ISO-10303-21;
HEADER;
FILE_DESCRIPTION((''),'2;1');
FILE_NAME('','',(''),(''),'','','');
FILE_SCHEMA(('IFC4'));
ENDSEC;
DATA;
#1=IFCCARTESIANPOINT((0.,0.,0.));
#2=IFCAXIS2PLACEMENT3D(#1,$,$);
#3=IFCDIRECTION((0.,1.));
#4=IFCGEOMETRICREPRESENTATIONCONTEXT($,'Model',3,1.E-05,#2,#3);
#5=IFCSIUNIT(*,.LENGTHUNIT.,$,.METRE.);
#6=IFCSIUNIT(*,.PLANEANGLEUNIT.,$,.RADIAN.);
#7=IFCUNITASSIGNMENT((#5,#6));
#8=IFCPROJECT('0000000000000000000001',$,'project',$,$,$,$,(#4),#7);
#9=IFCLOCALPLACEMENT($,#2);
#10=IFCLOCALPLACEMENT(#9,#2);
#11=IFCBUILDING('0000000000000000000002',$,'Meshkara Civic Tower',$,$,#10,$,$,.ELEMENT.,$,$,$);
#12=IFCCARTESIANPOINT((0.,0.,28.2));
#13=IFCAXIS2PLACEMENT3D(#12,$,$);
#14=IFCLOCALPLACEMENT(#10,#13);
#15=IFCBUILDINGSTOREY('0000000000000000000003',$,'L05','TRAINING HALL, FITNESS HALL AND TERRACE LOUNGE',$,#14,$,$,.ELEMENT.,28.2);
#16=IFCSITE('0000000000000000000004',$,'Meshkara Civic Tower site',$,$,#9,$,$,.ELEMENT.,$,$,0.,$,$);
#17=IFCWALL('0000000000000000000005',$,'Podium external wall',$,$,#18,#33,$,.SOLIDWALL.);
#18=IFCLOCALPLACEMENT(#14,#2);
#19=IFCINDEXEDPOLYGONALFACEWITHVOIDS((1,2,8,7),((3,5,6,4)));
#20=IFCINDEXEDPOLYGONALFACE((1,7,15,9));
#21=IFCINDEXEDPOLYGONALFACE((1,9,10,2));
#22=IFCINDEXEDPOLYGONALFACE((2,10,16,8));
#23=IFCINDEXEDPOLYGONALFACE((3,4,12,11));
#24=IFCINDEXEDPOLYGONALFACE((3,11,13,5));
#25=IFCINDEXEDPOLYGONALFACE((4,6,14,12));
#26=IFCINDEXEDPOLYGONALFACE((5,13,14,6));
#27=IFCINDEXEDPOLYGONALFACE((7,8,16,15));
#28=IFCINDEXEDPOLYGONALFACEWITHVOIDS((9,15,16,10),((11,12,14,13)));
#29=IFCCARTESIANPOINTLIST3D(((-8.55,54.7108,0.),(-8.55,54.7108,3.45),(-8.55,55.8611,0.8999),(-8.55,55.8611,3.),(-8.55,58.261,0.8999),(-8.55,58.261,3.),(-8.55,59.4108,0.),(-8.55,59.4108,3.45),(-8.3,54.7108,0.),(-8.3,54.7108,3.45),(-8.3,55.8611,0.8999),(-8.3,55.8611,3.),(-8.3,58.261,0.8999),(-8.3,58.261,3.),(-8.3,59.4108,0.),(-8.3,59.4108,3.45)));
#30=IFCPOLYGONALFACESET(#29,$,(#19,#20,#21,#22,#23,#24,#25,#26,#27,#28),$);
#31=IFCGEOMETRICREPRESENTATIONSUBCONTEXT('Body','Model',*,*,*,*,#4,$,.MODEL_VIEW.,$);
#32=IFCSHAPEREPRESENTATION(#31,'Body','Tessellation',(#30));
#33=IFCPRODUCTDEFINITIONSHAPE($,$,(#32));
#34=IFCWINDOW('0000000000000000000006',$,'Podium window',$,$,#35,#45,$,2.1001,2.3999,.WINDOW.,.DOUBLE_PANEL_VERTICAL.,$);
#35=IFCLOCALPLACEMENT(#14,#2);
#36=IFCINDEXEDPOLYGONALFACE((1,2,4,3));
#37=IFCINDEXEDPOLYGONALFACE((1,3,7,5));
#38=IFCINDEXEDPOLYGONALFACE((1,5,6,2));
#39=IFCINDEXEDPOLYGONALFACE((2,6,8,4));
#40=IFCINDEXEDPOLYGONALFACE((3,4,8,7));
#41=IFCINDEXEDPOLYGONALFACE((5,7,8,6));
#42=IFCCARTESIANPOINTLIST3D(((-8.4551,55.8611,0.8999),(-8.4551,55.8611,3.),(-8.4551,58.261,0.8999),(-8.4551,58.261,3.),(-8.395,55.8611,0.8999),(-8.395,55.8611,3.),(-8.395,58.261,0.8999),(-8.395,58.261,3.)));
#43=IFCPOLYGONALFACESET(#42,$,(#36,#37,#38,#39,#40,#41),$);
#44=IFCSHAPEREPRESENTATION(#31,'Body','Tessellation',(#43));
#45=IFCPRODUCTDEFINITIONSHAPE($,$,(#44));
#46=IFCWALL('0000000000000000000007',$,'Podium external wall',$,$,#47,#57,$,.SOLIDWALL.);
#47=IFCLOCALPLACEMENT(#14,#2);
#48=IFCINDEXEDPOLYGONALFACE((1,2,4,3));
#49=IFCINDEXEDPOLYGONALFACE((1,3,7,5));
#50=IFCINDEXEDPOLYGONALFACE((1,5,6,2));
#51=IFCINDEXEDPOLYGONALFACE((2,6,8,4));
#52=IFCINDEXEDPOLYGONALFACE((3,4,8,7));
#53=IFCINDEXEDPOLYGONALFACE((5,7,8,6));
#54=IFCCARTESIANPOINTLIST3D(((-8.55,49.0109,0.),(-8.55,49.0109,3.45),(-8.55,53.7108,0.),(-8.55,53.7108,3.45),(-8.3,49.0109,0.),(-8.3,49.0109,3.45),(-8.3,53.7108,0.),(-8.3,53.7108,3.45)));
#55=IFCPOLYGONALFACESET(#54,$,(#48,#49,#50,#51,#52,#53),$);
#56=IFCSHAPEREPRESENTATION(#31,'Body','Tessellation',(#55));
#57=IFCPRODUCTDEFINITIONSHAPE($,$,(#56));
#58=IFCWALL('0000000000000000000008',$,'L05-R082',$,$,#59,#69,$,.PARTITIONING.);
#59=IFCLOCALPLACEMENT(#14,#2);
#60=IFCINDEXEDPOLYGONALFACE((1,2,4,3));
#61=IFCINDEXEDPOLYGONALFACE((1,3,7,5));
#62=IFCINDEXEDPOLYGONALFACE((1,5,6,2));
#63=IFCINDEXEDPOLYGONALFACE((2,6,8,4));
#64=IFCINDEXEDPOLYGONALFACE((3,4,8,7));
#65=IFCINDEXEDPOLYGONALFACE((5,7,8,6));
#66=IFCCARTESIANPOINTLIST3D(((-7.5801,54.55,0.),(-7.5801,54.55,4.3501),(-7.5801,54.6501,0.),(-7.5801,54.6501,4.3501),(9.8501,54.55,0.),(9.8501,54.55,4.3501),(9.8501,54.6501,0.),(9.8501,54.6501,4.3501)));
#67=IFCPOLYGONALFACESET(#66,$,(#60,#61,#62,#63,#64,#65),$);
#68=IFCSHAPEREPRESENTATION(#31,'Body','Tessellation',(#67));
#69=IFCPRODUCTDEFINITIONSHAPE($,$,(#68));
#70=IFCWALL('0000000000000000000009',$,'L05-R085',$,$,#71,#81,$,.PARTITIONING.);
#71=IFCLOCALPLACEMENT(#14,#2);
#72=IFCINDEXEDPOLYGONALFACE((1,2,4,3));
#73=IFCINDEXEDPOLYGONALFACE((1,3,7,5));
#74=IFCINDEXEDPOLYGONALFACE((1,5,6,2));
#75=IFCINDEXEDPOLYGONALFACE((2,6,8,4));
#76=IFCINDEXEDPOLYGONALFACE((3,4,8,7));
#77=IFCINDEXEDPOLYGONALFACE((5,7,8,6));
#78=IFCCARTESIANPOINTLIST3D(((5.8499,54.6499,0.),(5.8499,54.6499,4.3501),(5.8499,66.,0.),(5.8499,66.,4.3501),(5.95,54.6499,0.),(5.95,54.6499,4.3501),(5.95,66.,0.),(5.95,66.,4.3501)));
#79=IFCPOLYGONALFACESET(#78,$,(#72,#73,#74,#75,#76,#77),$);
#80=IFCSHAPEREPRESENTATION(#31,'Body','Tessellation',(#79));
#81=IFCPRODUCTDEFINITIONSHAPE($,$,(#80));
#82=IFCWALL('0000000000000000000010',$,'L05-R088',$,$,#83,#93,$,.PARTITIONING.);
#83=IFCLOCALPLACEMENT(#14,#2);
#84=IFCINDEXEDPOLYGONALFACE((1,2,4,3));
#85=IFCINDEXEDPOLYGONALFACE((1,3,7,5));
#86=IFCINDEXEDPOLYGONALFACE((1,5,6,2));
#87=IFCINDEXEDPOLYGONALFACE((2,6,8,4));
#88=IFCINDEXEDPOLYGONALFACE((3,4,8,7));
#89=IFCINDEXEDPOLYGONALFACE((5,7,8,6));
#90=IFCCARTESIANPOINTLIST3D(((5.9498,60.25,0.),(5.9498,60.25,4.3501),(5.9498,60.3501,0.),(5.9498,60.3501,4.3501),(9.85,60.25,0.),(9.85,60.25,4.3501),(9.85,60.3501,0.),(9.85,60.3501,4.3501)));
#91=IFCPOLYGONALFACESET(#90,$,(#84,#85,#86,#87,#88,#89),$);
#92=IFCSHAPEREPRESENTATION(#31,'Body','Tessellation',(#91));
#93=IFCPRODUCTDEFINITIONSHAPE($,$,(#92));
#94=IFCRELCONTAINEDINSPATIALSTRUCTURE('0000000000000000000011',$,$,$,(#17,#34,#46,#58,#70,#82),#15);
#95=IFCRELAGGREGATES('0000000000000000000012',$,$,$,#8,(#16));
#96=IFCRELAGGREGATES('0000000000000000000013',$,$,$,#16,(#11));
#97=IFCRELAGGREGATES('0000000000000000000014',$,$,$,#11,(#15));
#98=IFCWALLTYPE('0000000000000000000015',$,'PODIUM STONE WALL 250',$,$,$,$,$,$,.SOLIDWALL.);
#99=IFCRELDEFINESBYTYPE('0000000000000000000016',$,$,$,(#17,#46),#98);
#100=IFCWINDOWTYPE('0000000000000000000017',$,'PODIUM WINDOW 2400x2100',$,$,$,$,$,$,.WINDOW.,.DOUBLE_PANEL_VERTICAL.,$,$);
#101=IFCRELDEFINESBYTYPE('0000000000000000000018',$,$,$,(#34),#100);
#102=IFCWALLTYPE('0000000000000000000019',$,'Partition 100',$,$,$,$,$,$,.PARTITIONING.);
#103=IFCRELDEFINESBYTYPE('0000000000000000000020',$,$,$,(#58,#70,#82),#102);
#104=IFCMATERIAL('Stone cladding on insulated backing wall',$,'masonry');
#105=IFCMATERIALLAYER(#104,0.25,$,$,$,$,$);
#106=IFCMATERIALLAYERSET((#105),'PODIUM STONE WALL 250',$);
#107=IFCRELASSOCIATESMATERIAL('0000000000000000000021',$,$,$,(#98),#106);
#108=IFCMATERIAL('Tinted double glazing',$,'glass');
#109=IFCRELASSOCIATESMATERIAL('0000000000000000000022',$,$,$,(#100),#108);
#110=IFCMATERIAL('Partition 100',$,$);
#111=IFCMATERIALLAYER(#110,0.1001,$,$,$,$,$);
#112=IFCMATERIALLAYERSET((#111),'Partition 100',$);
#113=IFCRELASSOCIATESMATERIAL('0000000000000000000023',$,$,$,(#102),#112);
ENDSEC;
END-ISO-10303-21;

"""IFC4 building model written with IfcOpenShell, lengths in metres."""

from ifc_helpers import new_model, si_unit, direction, frame, frame_2d, origin, place, context, subcontext, project, spatial, rectangle, extrude, material, layer, layer_set, type_object, element, fill, save


model = new_model("IFC4")

# Units and contexts
model_context = context("Model", 3, precision=1e-05, world=origin(), true_north=direction((0.0, 1.0)))
body_context = subcontext(model_context, "Body", "Model", "MODEL_VIEW")
ifc_project = project(units=[si_unit("LENGTHUNIT", "METRE"), si_unit("PLANEANGLEUNIT", "RADIAN")], contexts=[model_context])

# Site, building, storey
site_placement = place(None, origin())
site = spatial("IfcSite", under=ifc_project, at=site_placement, Name="Meshkara Civic Tower site", CompositionType="ELEMENT", RefElevation=0.0)
building_placement = place(site_placement, origin())
building = spatial("IfcBuilding", under=site, at=building_placement, Name="Meshkara Civic Tower", CompositionType="ELEMENT")
storey_placement = place(building_placement, frame((0.0, 0.0, 28.2)))
storey = spatial("IfcBuildingStorey", under=building, at=storey_placement, Name="L05", Description="TRAINING HALL, FITNESS HALL AND TERRACE LOUNGE", CompositionType="ELEMENT", Elevation=28.2)

# Wall, opening, window
ifc_material_1 = material(Name="Stone cladding on insulated backing wall", Category="masonry")
ifc_layer_1 = layer(ifc_material_1, 0.25)
ifc_layer_set_1 = layer_set([ifc_layer_1], Name="PODIUM STONE WALL 250")
wall_type_1 = type_object("IfcWallType", Name="PODIUM STONE WALL 250", PredefinedType="SOLIDWALL", material=ifc_layer_set_1)
wall_1_placement = place(storey_placement, frame((-8.425, 59.4109, 0.0), z_axis=(0.0, 0.0, 1.0), x_axis=(0.0, -1.0, 0.0)))
wall_1 = element("IfcWall", 1, at=wall_1_placement, inside=storey, type_object=wall_type_1, Name="Podium external wall", PredefinedType="SOLIDWALL", context=body_context, shape_type="SweptSolid", body=[
    extrude(rectangle(XDim=4.7, YDim=0.25, at=frame_2d((2.3501, 0.0))), origin(), (0.0, 0.0, 1.0), 3.45),
])
opening_1_placement = place(wall_1_placement, frame((1.1499, 0.0, 0.8999)))
opening_1 = element("IfcOpeningElement", 2, at=opening_1_placement, cuts=wall_1, PredefinedType="OPENING", context=body_context, shape_type="SweptSolid", body=[
    extrude(rectangle(XDim=2.3999, YDim=2.1001, at=frame_2d((1.2, 1.05))), frame((0.0, 0.135, 0.0), z_axis=(0.0, -1.0, 0.0), x_axis=(1.0, 0.0, 0.0)), (0.0, 0.0, 1.0), 0.27),
])
ifc_material_2 = material(Name="Tinted double glazing", Category="glass")
window_type = type_object("IfcWindowType", Name="PODIUM WINDOW 2400x2100", PartitioningType="DOUBLE_PANEL_VERTICAL", PredefinedType="WINDOW", material=ifc_material_2)
window_placement = place(opening_1_placement, origin())
window = element("IfcWindow", 3, at=window_placement, inside=storey, type_object=window_type, Name="Podium window", OverallHeight=2.1001, OverallWidth=2.3999, PartitioningType="DOUBLE_PANEL_VERTICAL", PredefinedType="WINDOW", context=body_context, shape_type="SweptSolid", body=[
    extrude(rectangle(XDim=2.3999, YDim=2.1001, at=frame_2d((1.2, 1.05))), frame((0.0, 0.03, 0.0), z_axis=(0.0, -1.0, 0.0), x_axis=(1.0, 0.0, 0.0)), (0.0, 0.0, 1.0), 0.0601),
])
fill(opening_1, window)

# Walls
wall_2_placement = place(storey_placement, frame((-8.425, 53.7109, 0.0), z_axis=(0.0, 0.0, 1.0), x_axis=(0.0, -1.0, 0.0)))
element("IfcWall", 4, at=wall_2_placement, inside=storey, type_object=wall_type_1, Name="Podium external wall", PredefinedType="SOLIDWALL", context=body_context, shape_type="SweptSolid", body=[
    extrude(rectangle(XDim=4.7, YDim=0.25, at=frame_2d((2.3501, 0.0))), origin(), (0.0, 0.0, 1.0), 3.45),
])
ifc_material_3 = material(Name="Partition 100")
ifc_layer_2 = layer(ifc_material_3, 0.1001)
ifc_layer_set_2 = layer_set([ifc_layer_2], Name="Partition 100")
wall_type_2 = type_object("IfcWallType", Name="Partition 100", PredefinedType="PARTITIONING", material=ifc_layer_set_2)
wall_3_placement = place(storey_placement, frame((-7.5801, 54.6001, 0.0), z_axis=(0.0, 0.0, 1.0), x_axis=(1.0, 0.0, 0.0)))
element("IfcWall", 5, at=wall_3_placement, inside=storey, type_object=wall_type_2, Name="L05-R082", PredefinedType="PARTITIONING", context=body_context, shape_type="SweptSolid", body=[
    extrude(rectangle(XDim=17.4302, YDim=0.1001, at=frame_2d((8.7151, 0.0))), origin(), (0.0, 0.0, 1.0), 4.3501),
])
wall_4_placement = place(storey_placement, frame((5.8999, 54.6499, 0.0), z_axis=(0.0, 0.0, 1.0), x_axis=(0.0, 1.0, 0.0)))
element("IfcWall", 6, at=wall_4_placement, inside=storey, type_object=wall_type_2, Name="L05-R085", PredefinedType="PARTITIONING", context=body_context, shape_type="SweptSolid", body=[
    extrude(rectangle(XDim=11.3501, YDim=0.1001, at=frame_2d((5.675, 0.0))), origin(), (0.0, 0.0, 1.0), 4.3501),
])
wall_5_placement = place(storey_placement, frame((9.8501, 60.3, 0.0), z_axis=(0.0, 0.0, 1.0), x_axis=(-1.0, 0.0, 0.0)))
element("IfcWall", 7, at=wall_5_placement, inside=storey, type_object=wall_type_2, Name="L05-R088", PredefinedType="PARTITIONING", context=body_context, shape_type="SweptSolid", body=[
    extrude(rectangle(XDim=3.9001, YDim=0.1001, at=frame_2d((1.9502, 0.0))), origin(), (0.0, 0.0, 1.0), 4.3501),
])

save(model, "model.ifc")
